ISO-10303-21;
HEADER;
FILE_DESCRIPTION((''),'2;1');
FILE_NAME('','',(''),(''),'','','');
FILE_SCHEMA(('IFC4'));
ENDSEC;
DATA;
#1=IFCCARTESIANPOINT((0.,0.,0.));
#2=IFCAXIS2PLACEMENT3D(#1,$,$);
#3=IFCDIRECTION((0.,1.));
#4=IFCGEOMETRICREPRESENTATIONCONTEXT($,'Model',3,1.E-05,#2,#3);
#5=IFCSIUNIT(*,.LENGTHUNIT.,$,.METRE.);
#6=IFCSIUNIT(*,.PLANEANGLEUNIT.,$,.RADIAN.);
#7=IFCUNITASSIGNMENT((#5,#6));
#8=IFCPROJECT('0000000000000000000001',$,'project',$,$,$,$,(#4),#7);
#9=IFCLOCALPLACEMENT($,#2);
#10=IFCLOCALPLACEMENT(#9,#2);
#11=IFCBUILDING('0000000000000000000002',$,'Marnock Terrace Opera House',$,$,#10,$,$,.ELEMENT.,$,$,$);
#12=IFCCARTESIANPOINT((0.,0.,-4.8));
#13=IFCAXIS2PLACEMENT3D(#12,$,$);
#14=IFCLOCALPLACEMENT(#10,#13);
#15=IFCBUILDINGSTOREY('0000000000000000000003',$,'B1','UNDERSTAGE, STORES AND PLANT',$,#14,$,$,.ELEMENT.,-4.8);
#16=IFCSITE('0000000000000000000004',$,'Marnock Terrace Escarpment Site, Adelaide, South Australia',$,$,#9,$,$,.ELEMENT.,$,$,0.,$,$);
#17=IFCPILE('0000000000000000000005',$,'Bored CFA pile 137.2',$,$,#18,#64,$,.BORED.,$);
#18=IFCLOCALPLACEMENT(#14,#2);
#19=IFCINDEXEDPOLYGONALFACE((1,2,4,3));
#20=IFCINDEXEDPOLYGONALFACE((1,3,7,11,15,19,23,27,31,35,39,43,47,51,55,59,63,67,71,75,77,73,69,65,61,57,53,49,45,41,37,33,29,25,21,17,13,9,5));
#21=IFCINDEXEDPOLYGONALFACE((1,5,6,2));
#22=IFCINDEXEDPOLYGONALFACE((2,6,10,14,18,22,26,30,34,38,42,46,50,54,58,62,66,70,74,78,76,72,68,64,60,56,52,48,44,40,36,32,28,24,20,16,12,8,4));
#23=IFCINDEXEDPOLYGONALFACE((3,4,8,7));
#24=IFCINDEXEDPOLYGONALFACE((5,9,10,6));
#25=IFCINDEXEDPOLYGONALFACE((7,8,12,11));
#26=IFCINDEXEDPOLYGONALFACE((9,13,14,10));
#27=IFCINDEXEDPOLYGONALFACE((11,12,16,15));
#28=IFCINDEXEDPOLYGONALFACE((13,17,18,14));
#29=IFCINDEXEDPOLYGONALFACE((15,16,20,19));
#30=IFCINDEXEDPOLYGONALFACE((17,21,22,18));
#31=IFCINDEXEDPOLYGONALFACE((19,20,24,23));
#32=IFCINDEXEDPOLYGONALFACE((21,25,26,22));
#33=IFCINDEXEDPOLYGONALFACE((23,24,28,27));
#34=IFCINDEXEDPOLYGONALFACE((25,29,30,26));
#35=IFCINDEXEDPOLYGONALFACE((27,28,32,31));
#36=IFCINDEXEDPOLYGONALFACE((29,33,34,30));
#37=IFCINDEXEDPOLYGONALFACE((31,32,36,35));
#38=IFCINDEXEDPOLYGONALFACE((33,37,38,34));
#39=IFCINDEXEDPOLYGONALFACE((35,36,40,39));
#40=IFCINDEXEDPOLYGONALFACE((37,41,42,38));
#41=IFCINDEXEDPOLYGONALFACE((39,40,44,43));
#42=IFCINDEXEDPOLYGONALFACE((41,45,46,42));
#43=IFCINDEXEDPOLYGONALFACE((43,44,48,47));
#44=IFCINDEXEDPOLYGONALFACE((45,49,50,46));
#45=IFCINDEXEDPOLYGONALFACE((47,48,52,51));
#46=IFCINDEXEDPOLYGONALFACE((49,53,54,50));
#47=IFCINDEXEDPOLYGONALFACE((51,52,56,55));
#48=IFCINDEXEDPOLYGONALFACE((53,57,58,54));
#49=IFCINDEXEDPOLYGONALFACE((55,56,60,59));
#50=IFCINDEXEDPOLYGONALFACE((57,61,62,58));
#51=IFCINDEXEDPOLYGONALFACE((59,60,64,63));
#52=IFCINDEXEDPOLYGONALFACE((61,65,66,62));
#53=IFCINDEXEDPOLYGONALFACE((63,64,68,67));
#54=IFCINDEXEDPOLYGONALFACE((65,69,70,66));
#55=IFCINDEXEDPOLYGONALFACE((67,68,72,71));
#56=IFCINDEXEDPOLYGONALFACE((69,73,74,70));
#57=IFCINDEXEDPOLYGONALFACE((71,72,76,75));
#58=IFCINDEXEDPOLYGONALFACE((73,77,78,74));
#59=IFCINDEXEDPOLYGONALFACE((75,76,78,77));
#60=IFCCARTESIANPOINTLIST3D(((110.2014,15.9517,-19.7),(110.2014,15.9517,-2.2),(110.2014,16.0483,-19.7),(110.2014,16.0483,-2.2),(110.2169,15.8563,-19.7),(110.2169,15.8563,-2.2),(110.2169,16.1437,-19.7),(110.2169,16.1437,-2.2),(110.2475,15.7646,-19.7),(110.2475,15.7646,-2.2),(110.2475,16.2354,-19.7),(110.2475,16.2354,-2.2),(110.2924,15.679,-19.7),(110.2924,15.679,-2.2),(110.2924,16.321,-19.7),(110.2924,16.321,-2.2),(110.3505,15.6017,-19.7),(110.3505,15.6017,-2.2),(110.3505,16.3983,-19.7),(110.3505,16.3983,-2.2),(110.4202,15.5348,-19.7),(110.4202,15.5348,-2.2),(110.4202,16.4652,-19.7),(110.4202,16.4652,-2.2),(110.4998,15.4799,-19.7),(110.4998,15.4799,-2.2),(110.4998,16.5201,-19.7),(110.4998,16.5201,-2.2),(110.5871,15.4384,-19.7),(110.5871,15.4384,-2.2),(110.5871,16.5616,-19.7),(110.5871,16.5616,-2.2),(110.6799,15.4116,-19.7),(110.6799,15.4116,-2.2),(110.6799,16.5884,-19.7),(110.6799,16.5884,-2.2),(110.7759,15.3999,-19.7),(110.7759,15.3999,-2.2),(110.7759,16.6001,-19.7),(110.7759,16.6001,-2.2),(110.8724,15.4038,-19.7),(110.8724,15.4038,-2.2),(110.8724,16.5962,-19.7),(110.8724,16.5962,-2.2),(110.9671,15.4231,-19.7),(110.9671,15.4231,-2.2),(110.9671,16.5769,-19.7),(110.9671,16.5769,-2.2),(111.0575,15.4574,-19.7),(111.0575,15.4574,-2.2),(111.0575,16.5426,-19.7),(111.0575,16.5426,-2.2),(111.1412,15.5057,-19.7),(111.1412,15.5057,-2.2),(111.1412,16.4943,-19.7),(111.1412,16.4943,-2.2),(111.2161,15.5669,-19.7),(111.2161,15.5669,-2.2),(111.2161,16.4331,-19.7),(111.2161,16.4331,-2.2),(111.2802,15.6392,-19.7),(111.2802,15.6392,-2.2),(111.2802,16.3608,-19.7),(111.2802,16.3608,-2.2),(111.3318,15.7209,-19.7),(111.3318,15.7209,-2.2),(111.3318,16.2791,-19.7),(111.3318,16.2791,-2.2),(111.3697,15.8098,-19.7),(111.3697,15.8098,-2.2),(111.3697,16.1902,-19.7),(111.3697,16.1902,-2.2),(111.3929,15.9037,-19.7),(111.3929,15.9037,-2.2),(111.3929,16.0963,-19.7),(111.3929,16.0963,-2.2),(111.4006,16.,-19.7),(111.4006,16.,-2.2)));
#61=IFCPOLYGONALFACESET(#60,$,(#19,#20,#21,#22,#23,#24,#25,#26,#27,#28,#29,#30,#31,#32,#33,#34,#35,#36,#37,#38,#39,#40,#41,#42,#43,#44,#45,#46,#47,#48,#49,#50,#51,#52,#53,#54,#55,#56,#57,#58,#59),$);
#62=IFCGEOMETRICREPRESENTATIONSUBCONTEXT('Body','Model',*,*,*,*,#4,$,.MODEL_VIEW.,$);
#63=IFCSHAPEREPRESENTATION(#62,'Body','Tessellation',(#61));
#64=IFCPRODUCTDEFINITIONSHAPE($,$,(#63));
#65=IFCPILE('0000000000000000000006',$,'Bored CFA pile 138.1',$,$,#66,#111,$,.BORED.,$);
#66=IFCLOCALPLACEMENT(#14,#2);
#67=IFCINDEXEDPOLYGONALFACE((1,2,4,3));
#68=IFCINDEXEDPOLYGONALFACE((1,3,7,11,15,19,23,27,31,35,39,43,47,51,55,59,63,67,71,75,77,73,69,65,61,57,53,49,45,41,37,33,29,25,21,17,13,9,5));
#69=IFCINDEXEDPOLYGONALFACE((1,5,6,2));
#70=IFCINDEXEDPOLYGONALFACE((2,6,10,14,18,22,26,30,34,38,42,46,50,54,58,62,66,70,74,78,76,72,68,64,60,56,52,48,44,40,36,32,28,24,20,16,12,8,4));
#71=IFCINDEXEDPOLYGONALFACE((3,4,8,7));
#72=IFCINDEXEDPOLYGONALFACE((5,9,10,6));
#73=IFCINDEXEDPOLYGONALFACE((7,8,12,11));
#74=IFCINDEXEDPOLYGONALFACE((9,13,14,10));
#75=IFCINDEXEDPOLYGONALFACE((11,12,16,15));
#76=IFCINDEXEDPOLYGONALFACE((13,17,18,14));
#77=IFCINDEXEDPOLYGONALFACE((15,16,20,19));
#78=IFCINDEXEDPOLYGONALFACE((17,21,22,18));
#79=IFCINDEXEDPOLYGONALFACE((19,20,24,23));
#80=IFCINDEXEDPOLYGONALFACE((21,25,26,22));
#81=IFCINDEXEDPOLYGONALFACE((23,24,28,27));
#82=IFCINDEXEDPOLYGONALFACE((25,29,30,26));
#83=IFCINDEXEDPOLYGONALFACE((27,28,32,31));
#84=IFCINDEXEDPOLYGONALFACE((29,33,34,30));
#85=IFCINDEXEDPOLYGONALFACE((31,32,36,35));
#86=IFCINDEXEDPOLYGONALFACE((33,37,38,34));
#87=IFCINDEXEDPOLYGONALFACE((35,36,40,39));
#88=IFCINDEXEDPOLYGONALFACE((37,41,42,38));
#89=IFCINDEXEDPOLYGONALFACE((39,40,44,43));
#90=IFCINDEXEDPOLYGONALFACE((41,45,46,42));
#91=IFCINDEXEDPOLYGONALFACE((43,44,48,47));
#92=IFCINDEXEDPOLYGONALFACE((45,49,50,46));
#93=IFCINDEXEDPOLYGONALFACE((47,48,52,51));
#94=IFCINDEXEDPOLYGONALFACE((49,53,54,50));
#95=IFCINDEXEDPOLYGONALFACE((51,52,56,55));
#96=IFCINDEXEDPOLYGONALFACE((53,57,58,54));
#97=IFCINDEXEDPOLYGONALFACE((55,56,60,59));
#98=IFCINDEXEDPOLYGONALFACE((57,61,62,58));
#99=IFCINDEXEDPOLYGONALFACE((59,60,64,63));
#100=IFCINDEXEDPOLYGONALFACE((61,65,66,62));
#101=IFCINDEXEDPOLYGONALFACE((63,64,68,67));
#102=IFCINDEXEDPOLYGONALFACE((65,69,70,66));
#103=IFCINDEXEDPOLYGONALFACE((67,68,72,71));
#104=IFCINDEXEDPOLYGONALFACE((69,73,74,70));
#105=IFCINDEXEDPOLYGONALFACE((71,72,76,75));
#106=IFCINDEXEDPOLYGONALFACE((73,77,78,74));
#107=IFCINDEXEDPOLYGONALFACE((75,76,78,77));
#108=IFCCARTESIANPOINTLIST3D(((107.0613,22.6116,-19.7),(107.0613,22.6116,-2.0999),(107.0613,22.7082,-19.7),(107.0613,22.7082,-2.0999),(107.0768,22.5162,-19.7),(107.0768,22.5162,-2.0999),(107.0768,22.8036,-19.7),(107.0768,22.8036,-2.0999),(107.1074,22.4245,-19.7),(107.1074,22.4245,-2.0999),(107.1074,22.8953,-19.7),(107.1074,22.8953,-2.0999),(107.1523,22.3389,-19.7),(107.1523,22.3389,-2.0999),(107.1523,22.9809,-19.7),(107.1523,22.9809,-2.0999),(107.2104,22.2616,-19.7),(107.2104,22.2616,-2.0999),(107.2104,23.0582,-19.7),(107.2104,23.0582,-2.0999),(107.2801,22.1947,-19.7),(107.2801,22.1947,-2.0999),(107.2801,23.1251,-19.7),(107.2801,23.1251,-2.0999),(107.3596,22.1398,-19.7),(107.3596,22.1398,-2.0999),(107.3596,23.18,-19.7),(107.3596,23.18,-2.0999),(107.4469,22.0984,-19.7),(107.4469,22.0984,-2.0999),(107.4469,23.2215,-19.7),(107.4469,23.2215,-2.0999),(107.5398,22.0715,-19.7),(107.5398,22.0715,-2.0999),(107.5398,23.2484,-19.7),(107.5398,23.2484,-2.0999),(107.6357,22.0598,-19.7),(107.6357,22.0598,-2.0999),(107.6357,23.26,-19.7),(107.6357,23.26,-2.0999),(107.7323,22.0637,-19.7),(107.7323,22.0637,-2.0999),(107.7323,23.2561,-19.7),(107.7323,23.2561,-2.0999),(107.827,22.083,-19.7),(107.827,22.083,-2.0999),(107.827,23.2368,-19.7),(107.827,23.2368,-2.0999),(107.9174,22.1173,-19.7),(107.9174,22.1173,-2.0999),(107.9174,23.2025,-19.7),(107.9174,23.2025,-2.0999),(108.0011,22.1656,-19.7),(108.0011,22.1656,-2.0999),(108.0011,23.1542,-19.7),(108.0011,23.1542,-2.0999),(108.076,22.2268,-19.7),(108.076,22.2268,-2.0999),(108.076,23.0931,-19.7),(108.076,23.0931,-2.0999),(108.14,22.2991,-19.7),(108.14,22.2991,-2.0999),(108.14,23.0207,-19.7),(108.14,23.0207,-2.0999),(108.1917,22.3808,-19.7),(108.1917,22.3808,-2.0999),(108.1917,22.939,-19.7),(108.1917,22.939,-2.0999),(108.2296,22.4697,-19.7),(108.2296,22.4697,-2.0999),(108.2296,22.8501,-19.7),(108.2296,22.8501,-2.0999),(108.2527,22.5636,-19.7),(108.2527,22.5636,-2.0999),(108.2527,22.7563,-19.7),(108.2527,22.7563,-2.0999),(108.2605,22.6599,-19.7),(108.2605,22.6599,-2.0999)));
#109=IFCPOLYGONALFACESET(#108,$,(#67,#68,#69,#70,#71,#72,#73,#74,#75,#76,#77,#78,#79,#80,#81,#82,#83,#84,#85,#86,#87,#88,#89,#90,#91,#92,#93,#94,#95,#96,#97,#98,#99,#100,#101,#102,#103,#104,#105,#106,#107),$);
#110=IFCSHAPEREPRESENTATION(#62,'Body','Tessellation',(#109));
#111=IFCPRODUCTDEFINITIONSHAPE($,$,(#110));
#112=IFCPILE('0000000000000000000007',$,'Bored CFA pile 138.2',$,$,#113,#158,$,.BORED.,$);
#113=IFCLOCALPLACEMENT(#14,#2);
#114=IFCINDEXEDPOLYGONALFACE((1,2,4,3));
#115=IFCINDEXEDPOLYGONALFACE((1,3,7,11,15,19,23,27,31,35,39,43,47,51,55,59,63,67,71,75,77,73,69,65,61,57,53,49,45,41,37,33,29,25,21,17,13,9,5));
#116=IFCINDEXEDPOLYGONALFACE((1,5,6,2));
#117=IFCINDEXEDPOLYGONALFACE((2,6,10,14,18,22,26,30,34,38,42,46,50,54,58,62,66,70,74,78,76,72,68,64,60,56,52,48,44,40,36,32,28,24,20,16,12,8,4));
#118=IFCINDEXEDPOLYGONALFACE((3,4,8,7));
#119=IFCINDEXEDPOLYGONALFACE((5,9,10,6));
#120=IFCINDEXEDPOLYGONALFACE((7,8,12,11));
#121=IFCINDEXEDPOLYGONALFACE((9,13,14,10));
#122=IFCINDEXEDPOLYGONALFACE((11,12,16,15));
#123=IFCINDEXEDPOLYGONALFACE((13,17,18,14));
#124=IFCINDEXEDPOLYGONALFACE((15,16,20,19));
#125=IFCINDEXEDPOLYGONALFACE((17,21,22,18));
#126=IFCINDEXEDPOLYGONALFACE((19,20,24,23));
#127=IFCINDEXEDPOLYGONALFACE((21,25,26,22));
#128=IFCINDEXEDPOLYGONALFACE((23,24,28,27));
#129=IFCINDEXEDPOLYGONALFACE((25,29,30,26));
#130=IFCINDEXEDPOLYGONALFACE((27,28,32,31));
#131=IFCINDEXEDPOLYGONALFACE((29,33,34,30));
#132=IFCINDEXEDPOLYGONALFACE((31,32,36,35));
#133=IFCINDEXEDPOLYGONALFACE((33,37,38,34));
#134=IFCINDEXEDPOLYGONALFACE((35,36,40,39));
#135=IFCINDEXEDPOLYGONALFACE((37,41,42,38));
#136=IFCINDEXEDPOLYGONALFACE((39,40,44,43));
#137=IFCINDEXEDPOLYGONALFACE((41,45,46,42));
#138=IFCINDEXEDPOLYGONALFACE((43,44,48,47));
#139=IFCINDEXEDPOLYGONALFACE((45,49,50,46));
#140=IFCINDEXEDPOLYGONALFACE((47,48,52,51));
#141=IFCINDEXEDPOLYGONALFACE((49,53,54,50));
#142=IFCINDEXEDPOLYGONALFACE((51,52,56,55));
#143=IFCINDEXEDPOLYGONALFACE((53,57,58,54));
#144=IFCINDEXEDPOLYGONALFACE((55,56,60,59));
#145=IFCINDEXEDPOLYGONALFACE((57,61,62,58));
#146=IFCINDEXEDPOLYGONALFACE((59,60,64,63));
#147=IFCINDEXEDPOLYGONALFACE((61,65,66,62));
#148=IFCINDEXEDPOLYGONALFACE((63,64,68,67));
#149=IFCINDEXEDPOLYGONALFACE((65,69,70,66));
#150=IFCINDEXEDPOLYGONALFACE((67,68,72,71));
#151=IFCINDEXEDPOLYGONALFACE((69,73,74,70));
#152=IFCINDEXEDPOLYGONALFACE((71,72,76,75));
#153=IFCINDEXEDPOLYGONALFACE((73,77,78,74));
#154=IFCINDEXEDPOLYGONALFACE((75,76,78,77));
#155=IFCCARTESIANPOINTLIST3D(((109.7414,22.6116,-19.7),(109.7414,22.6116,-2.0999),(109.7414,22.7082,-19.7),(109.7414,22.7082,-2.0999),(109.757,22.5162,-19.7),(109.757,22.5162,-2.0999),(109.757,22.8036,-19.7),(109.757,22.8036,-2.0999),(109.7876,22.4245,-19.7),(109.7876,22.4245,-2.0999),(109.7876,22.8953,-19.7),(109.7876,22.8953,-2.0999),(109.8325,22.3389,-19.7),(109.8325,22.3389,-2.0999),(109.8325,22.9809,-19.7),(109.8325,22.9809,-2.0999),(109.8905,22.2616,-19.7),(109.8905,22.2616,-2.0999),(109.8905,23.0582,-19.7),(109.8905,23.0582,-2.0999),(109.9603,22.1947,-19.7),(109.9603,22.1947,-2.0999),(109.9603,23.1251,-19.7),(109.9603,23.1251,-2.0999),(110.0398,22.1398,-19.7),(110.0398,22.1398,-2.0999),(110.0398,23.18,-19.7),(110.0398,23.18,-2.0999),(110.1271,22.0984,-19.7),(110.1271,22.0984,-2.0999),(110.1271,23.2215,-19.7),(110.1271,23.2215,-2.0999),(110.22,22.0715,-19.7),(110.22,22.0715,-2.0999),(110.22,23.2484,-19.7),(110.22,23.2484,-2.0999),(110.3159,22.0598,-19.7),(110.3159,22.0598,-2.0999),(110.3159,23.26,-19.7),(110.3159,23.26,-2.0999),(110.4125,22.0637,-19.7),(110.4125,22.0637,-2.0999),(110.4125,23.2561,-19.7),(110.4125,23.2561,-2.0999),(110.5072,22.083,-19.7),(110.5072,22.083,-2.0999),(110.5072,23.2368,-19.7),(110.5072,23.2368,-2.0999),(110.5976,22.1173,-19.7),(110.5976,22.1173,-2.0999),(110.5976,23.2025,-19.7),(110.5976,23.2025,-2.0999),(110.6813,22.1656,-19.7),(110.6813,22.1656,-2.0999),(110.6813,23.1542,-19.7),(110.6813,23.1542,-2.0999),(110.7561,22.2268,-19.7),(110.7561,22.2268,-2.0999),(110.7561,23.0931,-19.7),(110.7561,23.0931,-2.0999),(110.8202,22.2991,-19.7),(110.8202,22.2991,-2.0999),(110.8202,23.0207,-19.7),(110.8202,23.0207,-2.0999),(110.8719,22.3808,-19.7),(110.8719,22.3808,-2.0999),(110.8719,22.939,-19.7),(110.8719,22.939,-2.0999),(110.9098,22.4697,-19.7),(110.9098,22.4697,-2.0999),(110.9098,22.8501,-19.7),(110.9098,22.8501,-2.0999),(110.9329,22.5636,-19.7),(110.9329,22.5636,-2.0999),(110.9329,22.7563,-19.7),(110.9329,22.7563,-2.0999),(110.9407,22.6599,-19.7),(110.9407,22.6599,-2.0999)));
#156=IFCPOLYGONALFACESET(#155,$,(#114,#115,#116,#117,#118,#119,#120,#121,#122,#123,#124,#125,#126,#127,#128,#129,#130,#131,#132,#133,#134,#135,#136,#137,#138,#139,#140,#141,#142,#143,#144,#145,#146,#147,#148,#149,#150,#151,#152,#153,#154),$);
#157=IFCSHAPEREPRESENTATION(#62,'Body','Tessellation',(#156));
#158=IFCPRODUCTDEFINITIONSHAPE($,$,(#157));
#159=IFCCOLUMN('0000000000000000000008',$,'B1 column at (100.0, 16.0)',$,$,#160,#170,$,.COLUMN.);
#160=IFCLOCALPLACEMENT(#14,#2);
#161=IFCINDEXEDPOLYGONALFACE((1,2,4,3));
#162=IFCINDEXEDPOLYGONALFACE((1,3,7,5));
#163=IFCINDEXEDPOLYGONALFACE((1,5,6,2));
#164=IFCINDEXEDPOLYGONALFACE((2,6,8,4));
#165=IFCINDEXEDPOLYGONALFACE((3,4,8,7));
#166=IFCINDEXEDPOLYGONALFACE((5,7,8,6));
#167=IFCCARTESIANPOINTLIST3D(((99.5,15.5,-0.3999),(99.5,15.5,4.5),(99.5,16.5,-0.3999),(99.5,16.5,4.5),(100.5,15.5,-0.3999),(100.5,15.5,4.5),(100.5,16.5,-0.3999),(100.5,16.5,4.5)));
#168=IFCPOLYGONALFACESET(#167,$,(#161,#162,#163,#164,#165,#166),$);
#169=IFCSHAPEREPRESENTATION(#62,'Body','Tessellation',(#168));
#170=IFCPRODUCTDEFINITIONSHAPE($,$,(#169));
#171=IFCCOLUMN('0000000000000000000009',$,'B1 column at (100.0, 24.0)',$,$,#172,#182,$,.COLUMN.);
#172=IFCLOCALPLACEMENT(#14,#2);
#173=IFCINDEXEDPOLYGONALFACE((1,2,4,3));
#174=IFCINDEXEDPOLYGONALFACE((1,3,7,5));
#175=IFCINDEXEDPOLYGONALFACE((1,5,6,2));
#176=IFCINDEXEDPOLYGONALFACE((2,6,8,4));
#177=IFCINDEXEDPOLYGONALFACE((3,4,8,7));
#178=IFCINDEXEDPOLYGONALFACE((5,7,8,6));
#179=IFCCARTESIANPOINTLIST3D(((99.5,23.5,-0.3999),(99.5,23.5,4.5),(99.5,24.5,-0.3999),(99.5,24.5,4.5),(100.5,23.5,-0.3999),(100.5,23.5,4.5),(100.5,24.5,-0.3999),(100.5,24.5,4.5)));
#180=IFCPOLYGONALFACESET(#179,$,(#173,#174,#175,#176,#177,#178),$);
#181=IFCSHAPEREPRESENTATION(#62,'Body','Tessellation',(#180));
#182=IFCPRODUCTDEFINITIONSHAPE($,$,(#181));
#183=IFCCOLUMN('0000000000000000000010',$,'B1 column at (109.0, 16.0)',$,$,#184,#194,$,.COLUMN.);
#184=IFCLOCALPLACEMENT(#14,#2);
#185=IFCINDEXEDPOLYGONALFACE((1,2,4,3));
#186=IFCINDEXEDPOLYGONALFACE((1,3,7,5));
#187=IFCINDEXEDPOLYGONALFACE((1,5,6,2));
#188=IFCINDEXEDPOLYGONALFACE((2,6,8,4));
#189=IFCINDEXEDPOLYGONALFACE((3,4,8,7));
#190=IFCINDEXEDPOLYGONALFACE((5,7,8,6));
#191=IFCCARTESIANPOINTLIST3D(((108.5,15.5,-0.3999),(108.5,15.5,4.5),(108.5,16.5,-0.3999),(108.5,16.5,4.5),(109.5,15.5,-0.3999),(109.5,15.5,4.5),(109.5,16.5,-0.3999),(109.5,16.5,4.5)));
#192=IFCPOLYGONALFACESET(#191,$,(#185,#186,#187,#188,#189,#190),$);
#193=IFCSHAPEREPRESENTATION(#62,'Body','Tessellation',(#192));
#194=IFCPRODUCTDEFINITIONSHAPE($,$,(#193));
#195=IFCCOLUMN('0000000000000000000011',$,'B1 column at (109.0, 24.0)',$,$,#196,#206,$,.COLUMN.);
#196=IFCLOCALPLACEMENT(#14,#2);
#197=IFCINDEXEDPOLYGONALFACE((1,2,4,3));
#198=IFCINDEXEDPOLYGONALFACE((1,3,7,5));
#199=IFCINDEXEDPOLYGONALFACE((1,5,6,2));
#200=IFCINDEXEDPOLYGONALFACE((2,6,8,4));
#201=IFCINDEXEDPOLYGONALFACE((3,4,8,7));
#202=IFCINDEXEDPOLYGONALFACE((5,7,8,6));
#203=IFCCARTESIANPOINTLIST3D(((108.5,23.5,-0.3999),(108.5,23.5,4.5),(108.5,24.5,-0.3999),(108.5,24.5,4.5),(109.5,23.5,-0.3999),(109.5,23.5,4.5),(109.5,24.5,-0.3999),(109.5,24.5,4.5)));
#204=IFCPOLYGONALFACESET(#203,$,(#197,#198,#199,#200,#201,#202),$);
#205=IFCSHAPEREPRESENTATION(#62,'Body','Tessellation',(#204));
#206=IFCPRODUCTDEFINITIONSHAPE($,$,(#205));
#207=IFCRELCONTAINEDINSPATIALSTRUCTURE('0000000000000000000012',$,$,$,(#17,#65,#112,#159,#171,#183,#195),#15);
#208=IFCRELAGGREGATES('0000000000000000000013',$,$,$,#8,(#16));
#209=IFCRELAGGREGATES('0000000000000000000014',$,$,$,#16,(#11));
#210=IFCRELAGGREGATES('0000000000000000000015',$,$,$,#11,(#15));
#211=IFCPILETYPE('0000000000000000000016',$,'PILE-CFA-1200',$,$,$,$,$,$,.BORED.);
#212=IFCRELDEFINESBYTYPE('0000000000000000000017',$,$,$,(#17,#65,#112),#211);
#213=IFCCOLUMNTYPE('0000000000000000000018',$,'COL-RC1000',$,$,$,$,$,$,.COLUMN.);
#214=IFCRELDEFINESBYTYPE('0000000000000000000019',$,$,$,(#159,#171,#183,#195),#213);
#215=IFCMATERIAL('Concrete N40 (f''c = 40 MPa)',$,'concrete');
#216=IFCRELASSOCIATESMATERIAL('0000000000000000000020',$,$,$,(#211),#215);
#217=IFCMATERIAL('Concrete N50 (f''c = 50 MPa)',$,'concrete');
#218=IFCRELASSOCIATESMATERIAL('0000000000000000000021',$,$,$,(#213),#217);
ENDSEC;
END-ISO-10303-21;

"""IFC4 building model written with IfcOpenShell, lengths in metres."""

from ifc_helpers import new_model, si_unit, direction, frame, origin, origin_2d, place, context, subcontext, project, spatial, rectangle, circle, extrude, material, material_profile, profile_set, type_object, element, save


model = new_model("IFC4")

# Units and contexts
model_context = context("Model", 3, precision=1e-05, world=origin(), true_north=direction((0.0, 1.0)))
body_context = subcontext(model_context, "Body", "Model", "MODEL_VIEW")
ifc_project = project(units=[si_unit("LENGTHUNIT", "METRE"), si_unit("PLANEANGLEUNIT", "RADIAN")], contexts=[model_context])

# Site, building, storey
site_placement = place(None, origin())
site = spatial("IfcSite", under=ifc_project, at=site_placement, Name="Marnock Terrace Escarpment Site, Adelaide, South Australia", CompositionType="ELEMENT", RefElevation=0.0)
building_placement = place(site_placement, origin())
building = spatial("IfcBuilding", under=site, at=building_placement, Name="Marnock Terrace Opera House", CompositionType="ELEMENT")
storey_placement = place(building_placement, frame((0.0, 0.0, -4.8)))
storey = spatial("IfcBuildingStorey", under=building, at=storey_placement, Name="B1", Description="UNDERSTAGE, STORES AND PLANT", CompositionType="ELEMENT", Elevation=-4.8)

# Shared definitions
ifc_material_1 = material(Name="Concrete N40 (f'c = 40 MPa)", Category="concrete")

# Piles
ifc_material_profile_1 = material_profile(ifc_material_1, circle(Radius=0.6006, at=origin_2d()))
ifc_profile_set_1 = profile_set([ifc_material_profile_1], Name="Concrete N40 (f'c = 40 MPa)")
pile_type = type_object("IfcPileType", Name="PILE-CFA-1200", PredefinedType="BORED", material=ifc_profile_set_1)
for number, where, z_axis, x_axis, name in (
    (1, (110.8, 16.0, -2.2), (0.0, 0.0, -1.0), (1.0, 0.0, 0.0), "Bored CFA pile 137.2"),
):
    element("IfcPile", number, at=place(storey_placement, frame(where, z_axis=z_axis, x_axis=x_axis)), inside=storey, type_object=pile_type, Name=name, PredefinedType="BORED", context=body_context, shape_type="SweptSolid", body=[
        extrude(circle(Radius=0.6006, at=origin_2d()), origin(), (0.0, 0.0, 1.0), 17.5),
    ])
for number, where, z_axis, x_axis, name in (
    (2, (107.6599, 22.6599, -2.0999), (0.0, 0.0, -1.0), (1.0, 0.0, 0.0), "Bored CFA pile 138.1"),
    (3, (110.3401, 22.6599, -2.0999), (0.0, 0.0, -1.0), (1.0, 0.0, 0.0), "Bored CFA pile 138.2"),
):
    element("IfcPile", number, at=place(storey_placement, frame(where, z_axis=z_axis, x_axis=x_axis)), inside=storey, type_object=pile_type, Name=name, PredefinedType="BORED", context=body_context, shape_type="SweptSolid", body=[
        extrude(circle(Radius=0.6006, at=origin_2d()), origin(), (0.0, 0.0, 1.0), 17.6001),
    ])

# Columns
ifc_material_2 = material(Name="Concrete N50 (f'c = 50 MPa)", Category="concrete")
ifc_material_profile_2 = material_profile(ifc_material_2, rectangle(XDim=1.0, YDim=1.0, at=origin_2d()))
ifc_profile_set_2 = profile_set([ifc_material_profile_2], Name="Concrete N50 (f'c = 50 MPa)")
column_type_1 = type_object("IfcColumnType", Name="COL-RC1000", PredefinedType="COLUMN", material=ifc_profile_set_2)
for number, where, z_axis, x_axis, name in (
    (4, (100.0, 16.0, -0.3999), (0.0, 0.0, 1.0), (1.0, 0.0, 0.0), "B1 column at (100.0, 16.0)"),
    (5, (100.0, 24.0, -0.3999), (0.0, 0.0, 1.0), (1.0, 0.0, 0.0), "B1 column at (100.0, 24.0)"),
    (6, (109.0, 16.0, -0.3999), (0.0, 0.0, 1.0), (1.0, 0.0, 0.0), "B1 column at (109.0, 16.0)"),
    (7, (109.0, 24.0, -0.3999), (0.0, 0.0, 1.0), (1.0, 0.0, 0.0), "B1 column at (109.0, 24.0)"),
):
    element("IfcColumn", number, at=place(storey_placement, frame(where, z_axis=z_axis, x_axis=x_axis)), inside=storey, type_object=column_type_1, Name=name, PredefinedType="COLUMN", context=body_context, shape_type="SweptSolid", body=[
        extrude(rectangle(XDim=1.0, YDim=1.0, at=origin_2d()), origin(), (0.0, 0.0, 1.0), 4.8999),
    ])

save(model, "model.ifc")
